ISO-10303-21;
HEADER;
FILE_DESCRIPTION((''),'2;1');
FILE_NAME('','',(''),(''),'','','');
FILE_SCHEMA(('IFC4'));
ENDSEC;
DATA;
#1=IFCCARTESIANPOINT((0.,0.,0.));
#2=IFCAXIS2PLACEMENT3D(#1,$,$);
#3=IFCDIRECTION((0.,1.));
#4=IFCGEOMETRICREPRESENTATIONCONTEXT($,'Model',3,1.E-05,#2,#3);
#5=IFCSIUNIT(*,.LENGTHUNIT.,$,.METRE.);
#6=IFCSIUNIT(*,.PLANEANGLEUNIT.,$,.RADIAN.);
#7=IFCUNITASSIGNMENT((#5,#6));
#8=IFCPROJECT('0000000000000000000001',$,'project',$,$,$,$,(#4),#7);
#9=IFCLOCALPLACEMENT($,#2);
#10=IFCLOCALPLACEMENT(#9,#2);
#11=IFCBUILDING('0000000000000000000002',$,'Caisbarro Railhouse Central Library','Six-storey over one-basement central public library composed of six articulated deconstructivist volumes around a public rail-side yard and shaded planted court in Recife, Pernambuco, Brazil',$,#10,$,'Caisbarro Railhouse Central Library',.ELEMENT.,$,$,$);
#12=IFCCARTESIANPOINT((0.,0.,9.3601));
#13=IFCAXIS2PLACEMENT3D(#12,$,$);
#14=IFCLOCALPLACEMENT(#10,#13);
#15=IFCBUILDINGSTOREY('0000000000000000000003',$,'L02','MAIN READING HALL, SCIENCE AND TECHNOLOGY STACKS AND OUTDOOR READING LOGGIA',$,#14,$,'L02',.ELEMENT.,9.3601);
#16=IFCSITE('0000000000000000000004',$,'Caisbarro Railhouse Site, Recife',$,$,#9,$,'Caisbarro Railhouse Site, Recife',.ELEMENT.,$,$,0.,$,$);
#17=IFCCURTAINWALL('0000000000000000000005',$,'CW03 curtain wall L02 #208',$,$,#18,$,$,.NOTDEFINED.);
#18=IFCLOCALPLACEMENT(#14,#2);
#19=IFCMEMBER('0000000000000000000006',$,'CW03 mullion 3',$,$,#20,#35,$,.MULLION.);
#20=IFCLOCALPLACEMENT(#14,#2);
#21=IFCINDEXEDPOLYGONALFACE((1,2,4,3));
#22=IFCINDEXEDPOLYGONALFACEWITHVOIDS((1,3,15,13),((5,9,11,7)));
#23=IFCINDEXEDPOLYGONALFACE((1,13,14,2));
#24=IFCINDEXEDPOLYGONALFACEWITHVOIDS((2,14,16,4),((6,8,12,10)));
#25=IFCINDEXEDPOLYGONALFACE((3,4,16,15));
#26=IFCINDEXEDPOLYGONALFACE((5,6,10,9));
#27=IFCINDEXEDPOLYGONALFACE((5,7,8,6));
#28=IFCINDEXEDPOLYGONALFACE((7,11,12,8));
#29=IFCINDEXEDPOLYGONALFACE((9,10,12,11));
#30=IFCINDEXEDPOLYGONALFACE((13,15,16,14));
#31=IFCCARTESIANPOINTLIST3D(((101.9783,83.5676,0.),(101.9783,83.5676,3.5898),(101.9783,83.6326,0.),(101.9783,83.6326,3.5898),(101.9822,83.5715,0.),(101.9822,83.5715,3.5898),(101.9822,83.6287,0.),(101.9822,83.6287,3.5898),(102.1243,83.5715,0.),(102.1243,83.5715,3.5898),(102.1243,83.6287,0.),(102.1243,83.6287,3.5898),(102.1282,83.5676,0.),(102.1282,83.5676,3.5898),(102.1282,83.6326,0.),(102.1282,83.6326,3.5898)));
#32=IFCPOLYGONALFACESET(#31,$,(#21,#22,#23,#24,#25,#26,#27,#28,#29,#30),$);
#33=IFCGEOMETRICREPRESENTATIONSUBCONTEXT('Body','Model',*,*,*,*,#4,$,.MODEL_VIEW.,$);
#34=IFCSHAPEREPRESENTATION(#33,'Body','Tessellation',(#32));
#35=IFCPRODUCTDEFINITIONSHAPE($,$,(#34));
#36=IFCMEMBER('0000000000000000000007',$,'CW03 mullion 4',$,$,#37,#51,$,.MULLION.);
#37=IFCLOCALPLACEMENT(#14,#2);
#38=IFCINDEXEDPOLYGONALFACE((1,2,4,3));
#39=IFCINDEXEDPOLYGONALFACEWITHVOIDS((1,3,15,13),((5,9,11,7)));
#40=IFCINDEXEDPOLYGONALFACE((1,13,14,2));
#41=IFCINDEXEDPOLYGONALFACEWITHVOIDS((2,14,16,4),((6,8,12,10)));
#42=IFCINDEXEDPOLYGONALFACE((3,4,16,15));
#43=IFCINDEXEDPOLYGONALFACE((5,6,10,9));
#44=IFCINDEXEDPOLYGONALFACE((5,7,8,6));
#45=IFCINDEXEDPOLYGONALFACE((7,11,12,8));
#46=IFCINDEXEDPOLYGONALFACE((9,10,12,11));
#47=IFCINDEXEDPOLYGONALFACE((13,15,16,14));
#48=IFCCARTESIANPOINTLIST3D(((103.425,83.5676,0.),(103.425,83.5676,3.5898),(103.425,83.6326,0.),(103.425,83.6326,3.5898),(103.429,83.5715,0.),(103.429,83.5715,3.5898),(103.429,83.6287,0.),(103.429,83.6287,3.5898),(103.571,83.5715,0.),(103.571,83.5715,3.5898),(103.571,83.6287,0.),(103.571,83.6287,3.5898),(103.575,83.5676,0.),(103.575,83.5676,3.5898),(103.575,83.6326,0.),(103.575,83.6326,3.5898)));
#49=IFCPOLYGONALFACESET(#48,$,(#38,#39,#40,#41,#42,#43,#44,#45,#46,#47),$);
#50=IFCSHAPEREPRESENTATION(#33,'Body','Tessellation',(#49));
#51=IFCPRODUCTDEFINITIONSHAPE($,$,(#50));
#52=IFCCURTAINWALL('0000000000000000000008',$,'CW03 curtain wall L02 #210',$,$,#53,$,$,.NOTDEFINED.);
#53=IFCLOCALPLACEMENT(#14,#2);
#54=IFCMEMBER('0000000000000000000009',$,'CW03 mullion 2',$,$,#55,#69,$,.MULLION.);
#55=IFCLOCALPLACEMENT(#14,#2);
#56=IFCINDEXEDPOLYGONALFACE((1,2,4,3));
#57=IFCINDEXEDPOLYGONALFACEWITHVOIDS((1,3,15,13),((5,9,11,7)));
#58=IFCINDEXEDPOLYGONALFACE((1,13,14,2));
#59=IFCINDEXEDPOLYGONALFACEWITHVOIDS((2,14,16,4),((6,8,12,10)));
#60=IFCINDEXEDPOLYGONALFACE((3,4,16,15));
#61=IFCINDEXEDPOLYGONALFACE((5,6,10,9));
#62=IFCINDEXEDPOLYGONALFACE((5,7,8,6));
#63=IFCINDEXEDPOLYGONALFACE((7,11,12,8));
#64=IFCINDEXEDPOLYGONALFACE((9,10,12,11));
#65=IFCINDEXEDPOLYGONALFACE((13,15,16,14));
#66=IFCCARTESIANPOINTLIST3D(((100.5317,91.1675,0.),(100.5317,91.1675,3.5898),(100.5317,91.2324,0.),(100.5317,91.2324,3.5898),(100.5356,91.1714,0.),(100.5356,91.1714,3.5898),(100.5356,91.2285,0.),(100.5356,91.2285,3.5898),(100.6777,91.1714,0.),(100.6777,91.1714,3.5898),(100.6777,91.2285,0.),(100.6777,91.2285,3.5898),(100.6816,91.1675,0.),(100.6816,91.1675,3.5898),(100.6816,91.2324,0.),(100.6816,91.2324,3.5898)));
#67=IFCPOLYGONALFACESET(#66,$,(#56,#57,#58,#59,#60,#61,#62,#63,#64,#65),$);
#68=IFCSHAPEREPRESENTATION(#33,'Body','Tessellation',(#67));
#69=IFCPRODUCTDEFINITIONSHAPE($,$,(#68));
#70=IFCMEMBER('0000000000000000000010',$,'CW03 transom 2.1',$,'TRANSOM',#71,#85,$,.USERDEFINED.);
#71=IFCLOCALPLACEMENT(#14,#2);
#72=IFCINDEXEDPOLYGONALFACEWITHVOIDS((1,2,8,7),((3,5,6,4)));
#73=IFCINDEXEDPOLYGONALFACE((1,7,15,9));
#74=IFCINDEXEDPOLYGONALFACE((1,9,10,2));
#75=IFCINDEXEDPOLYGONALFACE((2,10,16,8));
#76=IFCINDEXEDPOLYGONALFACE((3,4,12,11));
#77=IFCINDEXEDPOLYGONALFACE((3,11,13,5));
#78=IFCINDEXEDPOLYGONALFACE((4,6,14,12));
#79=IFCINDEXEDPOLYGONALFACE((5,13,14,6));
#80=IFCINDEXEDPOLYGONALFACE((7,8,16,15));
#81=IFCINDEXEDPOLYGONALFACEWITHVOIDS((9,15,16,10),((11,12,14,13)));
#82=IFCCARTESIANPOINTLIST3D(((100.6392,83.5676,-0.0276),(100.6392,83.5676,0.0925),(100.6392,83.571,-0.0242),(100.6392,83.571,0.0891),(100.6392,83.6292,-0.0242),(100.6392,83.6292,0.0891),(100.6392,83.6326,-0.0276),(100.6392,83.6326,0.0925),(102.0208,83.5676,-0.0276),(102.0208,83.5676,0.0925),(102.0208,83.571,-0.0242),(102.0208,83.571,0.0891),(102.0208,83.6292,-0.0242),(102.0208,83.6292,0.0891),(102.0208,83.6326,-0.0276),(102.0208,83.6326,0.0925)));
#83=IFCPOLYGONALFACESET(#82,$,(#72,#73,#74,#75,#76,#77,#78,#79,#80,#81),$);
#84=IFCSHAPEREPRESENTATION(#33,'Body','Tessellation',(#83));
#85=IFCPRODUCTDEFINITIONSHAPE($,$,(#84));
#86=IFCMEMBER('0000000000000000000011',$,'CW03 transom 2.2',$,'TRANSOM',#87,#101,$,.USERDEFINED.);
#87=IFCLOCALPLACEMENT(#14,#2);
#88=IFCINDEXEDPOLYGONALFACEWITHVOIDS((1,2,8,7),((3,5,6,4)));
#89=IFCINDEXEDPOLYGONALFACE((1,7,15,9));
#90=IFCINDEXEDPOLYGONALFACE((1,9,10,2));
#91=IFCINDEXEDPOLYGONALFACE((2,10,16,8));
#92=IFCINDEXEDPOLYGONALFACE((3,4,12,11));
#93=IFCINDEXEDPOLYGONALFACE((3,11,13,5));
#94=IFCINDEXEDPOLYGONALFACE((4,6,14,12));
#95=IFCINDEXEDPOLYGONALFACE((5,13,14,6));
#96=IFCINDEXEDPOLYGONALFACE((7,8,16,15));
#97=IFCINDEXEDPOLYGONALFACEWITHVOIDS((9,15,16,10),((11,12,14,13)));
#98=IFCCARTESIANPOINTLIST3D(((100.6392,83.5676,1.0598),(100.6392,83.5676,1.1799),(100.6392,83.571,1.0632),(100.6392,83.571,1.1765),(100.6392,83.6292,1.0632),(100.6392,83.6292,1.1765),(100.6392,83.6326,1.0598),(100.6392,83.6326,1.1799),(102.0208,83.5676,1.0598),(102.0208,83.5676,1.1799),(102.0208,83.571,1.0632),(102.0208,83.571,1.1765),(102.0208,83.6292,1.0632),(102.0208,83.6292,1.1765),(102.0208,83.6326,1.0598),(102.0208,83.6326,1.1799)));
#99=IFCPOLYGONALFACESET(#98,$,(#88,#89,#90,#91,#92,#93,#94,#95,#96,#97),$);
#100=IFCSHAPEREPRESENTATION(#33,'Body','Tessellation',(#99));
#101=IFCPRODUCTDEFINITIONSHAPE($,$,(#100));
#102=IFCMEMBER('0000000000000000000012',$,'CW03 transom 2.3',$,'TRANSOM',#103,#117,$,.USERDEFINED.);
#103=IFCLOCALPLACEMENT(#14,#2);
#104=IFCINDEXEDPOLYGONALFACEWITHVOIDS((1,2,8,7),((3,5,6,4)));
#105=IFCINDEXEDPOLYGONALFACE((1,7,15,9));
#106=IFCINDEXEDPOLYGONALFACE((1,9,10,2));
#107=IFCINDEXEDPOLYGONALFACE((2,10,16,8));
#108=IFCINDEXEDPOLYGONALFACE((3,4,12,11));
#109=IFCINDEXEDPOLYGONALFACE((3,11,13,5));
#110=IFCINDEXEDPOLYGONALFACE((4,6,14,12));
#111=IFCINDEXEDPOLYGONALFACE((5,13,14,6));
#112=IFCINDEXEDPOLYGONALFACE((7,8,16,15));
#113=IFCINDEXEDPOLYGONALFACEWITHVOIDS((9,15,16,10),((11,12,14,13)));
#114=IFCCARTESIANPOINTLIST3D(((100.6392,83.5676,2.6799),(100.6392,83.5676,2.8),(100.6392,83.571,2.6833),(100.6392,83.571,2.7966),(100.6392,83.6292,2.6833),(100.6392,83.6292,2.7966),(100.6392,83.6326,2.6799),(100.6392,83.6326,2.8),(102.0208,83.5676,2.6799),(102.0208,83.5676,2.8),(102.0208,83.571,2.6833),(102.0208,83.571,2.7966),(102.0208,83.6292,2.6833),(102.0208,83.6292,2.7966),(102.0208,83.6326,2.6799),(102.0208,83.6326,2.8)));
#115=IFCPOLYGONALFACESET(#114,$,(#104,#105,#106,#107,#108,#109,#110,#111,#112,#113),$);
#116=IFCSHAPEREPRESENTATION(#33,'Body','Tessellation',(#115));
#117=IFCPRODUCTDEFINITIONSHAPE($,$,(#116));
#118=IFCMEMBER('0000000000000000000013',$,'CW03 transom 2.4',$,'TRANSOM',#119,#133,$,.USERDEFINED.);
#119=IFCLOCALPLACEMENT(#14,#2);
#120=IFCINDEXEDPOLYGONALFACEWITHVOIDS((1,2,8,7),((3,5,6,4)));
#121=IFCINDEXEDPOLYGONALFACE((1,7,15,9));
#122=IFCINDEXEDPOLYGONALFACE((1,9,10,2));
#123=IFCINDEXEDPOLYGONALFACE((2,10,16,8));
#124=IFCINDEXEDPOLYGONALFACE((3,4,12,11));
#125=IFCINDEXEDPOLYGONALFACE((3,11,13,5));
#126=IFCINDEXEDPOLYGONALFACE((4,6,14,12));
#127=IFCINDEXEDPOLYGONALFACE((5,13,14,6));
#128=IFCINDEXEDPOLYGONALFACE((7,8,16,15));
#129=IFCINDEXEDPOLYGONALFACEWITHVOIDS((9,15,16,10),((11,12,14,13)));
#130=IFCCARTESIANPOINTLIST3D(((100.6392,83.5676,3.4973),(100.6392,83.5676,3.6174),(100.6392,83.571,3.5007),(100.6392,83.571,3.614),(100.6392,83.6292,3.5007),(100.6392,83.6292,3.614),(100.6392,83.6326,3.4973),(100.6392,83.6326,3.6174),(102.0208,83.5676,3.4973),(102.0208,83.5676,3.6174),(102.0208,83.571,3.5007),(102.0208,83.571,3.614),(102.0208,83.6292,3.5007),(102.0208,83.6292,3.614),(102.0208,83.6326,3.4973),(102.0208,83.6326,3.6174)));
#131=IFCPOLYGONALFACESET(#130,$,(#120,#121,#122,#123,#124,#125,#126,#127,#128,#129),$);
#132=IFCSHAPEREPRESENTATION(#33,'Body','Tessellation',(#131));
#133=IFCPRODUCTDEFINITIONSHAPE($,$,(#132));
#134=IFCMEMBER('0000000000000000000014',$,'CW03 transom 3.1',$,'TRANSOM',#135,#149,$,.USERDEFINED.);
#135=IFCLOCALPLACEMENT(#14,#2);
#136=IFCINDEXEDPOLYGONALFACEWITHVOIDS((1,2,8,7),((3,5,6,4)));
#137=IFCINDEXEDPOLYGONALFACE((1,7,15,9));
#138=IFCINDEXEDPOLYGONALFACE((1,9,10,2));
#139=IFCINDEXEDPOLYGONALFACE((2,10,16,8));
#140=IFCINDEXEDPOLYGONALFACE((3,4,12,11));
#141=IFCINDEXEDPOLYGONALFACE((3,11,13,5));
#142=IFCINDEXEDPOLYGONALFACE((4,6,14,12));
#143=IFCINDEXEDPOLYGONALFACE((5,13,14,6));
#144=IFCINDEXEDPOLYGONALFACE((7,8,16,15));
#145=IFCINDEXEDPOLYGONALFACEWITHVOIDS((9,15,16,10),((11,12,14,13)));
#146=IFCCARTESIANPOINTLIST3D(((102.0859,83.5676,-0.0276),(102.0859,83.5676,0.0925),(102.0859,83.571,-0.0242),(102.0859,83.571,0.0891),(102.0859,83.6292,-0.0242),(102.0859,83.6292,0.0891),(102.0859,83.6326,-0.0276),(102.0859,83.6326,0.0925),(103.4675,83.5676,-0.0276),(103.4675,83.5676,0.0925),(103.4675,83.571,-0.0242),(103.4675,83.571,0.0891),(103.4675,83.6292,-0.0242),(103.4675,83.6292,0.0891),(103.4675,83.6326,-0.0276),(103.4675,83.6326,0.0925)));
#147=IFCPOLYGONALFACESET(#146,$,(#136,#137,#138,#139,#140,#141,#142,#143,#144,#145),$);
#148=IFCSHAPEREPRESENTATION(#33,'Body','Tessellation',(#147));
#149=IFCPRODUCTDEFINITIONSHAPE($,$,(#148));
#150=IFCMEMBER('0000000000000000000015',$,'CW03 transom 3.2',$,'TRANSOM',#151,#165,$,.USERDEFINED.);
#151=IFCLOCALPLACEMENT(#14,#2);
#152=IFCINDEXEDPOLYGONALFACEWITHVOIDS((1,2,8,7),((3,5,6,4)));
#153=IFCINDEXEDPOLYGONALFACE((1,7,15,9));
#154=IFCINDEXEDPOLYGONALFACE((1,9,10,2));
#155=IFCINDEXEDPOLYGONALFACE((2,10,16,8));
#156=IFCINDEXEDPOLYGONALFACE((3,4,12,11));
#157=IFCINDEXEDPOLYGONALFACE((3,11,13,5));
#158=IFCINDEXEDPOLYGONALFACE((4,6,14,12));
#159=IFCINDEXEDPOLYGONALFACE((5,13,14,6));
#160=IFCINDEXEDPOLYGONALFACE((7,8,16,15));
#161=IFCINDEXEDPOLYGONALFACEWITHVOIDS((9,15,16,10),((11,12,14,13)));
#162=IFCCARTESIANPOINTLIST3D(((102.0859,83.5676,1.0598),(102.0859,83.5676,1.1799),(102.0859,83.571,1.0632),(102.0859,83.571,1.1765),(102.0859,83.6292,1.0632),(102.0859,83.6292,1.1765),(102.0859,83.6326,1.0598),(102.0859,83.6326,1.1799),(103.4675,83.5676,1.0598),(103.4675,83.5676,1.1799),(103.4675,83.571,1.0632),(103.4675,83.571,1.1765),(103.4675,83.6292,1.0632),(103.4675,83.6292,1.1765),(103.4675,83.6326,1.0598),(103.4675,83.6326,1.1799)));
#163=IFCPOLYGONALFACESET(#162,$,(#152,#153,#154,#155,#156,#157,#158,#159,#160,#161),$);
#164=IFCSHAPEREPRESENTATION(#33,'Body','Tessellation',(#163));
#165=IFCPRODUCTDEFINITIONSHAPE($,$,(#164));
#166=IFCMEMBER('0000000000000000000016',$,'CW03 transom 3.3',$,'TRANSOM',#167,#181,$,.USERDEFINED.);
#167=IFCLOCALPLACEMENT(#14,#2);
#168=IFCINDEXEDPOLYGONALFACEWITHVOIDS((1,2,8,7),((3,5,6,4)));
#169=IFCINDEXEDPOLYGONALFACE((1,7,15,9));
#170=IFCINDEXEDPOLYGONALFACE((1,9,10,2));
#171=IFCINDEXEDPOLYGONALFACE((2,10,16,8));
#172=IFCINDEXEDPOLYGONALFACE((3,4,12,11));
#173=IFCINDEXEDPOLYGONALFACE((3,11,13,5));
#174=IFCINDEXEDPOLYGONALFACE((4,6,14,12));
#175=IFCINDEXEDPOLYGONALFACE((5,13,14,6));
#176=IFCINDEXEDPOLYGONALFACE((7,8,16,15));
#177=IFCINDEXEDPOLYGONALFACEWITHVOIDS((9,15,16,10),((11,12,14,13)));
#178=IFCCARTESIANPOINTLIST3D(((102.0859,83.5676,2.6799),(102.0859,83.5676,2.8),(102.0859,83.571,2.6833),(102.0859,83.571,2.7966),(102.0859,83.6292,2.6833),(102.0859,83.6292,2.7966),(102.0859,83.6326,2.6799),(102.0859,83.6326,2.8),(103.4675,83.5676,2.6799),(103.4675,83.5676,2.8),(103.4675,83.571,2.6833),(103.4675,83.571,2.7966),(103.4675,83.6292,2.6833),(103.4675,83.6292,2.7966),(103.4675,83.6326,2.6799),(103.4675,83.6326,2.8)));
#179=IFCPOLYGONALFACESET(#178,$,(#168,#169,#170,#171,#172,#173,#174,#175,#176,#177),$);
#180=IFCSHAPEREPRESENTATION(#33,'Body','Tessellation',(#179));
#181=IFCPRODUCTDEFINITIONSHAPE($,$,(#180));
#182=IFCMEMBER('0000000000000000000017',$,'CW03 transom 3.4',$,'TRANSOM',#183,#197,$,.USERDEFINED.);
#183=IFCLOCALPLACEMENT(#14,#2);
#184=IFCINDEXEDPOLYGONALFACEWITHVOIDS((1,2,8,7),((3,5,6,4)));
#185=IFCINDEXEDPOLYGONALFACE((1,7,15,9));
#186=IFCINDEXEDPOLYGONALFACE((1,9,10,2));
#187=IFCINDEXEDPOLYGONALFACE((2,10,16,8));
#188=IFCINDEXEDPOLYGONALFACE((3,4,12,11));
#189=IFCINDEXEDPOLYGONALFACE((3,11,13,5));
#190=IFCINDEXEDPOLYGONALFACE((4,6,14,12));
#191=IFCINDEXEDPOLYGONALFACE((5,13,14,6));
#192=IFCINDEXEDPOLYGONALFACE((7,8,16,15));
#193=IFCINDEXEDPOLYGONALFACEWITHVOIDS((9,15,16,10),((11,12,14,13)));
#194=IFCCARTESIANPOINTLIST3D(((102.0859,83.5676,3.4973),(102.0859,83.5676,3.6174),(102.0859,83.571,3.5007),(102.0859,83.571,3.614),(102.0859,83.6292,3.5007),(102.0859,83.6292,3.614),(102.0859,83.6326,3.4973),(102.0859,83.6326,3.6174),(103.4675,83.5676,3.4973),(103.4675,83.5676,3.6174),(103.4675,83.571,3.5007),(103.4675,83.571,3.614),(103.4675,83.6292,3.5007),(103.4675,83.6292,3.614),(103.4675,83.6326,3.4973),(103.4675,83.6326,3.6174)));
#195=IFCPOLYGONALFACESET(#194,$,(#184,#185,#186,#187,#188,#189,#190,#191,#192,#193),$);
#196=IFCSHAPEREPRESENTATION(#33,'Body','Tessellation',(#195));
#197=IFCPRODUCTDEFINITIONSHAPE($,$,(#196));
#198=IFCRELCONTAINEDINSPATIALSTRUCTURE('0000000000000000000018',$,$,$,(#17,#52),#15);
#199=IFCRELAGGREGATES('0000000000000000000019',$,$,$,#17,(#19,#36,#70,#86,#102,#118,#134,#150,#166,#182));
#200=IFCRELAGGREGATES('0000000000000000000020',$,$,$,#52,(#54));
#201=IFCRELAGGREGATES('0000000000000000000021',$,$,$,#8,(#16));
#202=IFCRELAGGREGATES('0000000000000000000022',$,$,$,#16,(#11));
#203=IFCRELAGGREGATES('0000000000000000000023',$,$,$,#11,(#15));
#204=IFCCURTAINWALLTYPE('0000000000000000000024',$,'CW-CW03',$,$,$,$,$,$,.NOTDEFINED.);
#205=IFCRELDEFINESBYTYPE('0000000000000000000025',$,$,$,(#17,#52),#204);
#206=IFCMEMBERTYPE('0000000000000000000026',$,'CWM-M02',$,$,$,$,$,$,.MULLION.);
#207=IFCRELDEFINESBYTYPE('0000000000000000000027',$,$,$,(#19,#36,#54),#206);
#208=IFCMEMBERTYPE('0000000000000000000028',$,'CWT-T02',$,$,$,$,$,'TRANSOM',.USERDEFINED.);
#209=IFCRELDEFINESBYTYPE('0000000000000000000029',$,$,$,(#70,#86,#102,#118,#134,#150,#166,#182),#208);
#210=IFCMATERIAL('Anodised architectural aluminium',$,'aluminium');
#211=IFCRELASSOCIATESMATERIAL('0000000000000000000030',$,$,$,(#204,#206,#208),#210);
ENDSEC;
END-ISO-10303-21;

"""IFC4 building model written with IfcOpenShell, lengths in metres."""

from ifc_helpers import new_model, si_unit, direction, frame, origin, origin_2d, place, context, subcontext, project, spatial, hollow_rectangle, extrude, material, material_profile, profile_set, type_object, element, aggregate, save


model = new_model("IFC4")

# Units and contexts
model_context = context("Model", 3, precision=1e-05, world=origin(), true_north=direction((0.0, 1.0)))
body_context = subcontext(model_context, "Body", "Model", "MODEL_VIEW")
ifc_project = project(units=[si_unit("LENGTHUNIT", "METRE"), si_unit("PLANEANGLEUNIT", "RADIAN")], contexts=[model_context])

# Site, building, storey
site_placement = place(None, origin())
site = spatial("IfcSite", under=ifc_project, at=site_placement, Name="Caisbarro Railhouse Site, Recife", LongName="Caisbarro Railhouse Site, Recife", CompositionType="ELEMENT", RefElevation=0.0)
building_placement = place(site_placement, origin())
building = spatial("IfcBuilding", under=site, at=building_placement, Name="Caisbarro Railhouse Central Library", Description="Six-storey over one-basement central public library composed of six articulated deconstructivist volumes around a public rail-side yard and shaded planted court in Recife, Pernambuco, Brazil", LongName="Caisbarro Railhouse Central Library", CompositionType="ELEMENT")
storey_placement = place(building_placement, frame((0.0, 0.0, 9.3601)))
storey = spatial("IfcBuildingStorey", under=building, at=storey_placement, Name="L02", Description="MAIN READING HALL, SCIENCE AND TECHNOLOGY STACKS AND OUTDOOR READING LOGGIA", LongName="L02", CompositionType="ELEMENT", Elevation=9.3601)

# Curtain wall, members
ifc_material_1 = material(Name="Anodised architectural aluminium", Category="aluminium")
curtain_wall_type = type_object("IfcCurtainWallType", Name="CW-CW03", PredefinedType="NOTDEFINED", material=ifc_material_1)
curtain_wall_1_placement = place(storey_placement, origin())
curtain_wall_1 = element("IfcCurtainWall", 1, at=curtain_wall_1_placement, inside=storey, type_object=curtain_wall_type, Name="CW03 curtain wall L02 #208", PredefinedType="NOTDEFINED")
ifc_material_profile_1 = material_profile(ifc_material_1, hollow_rectangle(XDim=0.0649, YDim=0.1499, WallThickness=0.0039, at=origin_2d()), Name="ALU-MUL-65X150")
ifc_profile_set_1 = profile_set([ifc_material_profile_1], Name="Anodised architectural aluminium")
member_type_1 = type_object("IfcMemberType", Name="CWM-M02", PredefinedType="MULLION", material=ifc_profile_set_1)
member_1_placement = place(storey_placement, frame((102.0532, 83.6001, 0.0), z_axis=(0.0, 0.0, 1.0), x_axis=(0.0, 1.0, 0.0)))
member_1 = element("IfcMember", 2, at=member_1_placement, type_object=member_type_1, Name="CW03 mullion 3", PredefinedType="MULLION", context=body_context, shape_type="SweptSolid", body=[
    extrude(hollow_rectangle(XDim=0.0649, YDim=0.1499, WallThickness=0.0039, at=origin_2d()), origin(), (0.0, 0.0, 1.0), 3.5898),
])
member_2_placement = place(storey_placement, frame((103.5, 83.6001, 0.0), z_axis=(0.0, 0.0, 1.0), x_axis=(0.0, 1.0, 0.0)))
member_2 = element("IfcMember", 3, at=member_2_placement, type_object=member_type_1, Name="CW03 mullion 4", PredefinedType="MULLION", context=body_context, shape_type="SweptSolid", body=[
    extrude(hollow_rectangle(XDim=0.0649, YDim=0.1499, WallThickness=0.0039, at=origin_2d()), origin(), (0.0, 0.0, 1.0), 3.5898),
])

# Curtain wall, member
curtain_wall_2_placement = place(storey_placement, origin())
curtain_wall_2 = element("IfcCurtainWall", 4, at=curtain_wall_2_placement, inside=storey, type_object=curtain_wall_type, Name="CW03 curtain wall L02 #210", PredefinedType="NOTDEFINED")
member_3_placement = place(storey_placement, frame((100.6067, 91.2, 0.0), z_axis=(0.0, 0.0, 1.0), x_axis=(0.0, 1.0, 0.0)))
member_3 = element("IfcMember", 5, at=member_3_placement, type_object=member_type_1, Name="CW03 mullion 2", PredefinedType="MULLION", context=body_context, shape_type="SweptSolid", body=[
    extrude(hollow_rectangle(XDim=0.0649, YDim=0.1499, WallThickness=0.0039, at=origin_2d()), origin(), (0.0, 0.0, 1.0), 3.5898),
])

# Members
ifc_material_profile_2 = material_profile(ifc_material_1, hollow_rectangle(XDim=0.0649, YDim=0.1201, WallThickness=0.0034, at=origin_2d()), Name="ALU-TRN-65X120")
ifc_profile_set_2 = profile_set([ifc_material_profile_2], Name="Anodised architectural aluminium")
member_type_2 = type_object("IfcMemberType", Name="CWT-T02", ElementType="TRANSOM", PredefinedType="USERDEFINED", material=ifc_profile_set_2)
member_4_placement = place(storey_placement, frame((100.6392, 83.6001, 0.0325), z_axis=(1.0, 0.0, 0.0), x_axis=(0.0, 1.0, 0.0)))
member_4 = element("IfcMember", 6, at=member_4_placement, type_object=member_type_2, Name="CW03 transom 2.1", ObjectType="TRANSOM", PredefinedType="USERDEFINED", context=body_context, shape_type="SweptSolid", body=[
    extrude(hollow_rectangle(XDim=0.0649, YDim=0.1201, WallThickness=0.0034, at=origin_2d()), origin(), (0.0, 0.0, 1.0), 1.3816),
])
member_5_placement = place(storey_placement, frame((100.6392, 83.6001, 1.1199), z_axis=(1.0, 0.0, 0.0), x_axis=(0.0, 1.0, 0.0)))
member_5 = element("IfcMember", 7, at=member_5_placement, type_object=member_type_2, Name="CW03 transom 2.2", ObjectType="TRANSOM", PredefinedType="USERDEFINED", context=body_context, shape_type="SweptSolid", body=[
    extrude(hollow_rectangle(XDim=0.0649, YDim=0.1201, WallThickness=0.0034, at=origin_2d()), origin(), (0.0, 0.0, 1.0), 1.3816),
])
member_6_placement = place(storey_placement, frame((100.6392, 83.6001, 2.74), z_axis=(1.0, 0.0, 0.0), x_axis=(0.0, 1.0, 0.0)))
member_6 = element("IfcMember", 8, at=member_6_placement, type_object=member_type_2, Name="CW03 transom 2.3", ObjectType="TRANSOM", PredefinedType="USERDEFINED", context=body_context, shape_type="SweptSolid", body=[
    extrude(hollow_rectangle(XDim=0.0649, YDim=0.1201, WallThickness=0.0034, at=origin_2d()), origin(), (0.0, 0.0, 1.0), 1.3816),
])
member_7_placement = place(storey_placement, frame((100.6392, 83.6001, 3.5574), z_axis=(1.0, 0.0, 0.0), x_axis=(0.0, 1.0, 0.0)))
member_7 = element("IfcMember", 9, at=member_7_placement, type_object=member_type_2, Name="CW03 transom 2.4", ObjectType="TRANSOM", PredefinedType="USERDEFINED", context=body_context, shape_type="SweptSolid", body=[
    extrude(hollow_rectangle(XDim=0.0649, YDim=0.1201, WallThickness=0.0034, at=origin_2d()), origin(), (0.0, 0.0, 1.0), 1.3816),
])
member_8_placement = place(storey_placement, frame((102.0859, 83.6001, 0.0325), z_axis=(1.0, 0.0, 0.0), x_axis=(0.0, 1.0, 0.0)))
member_8 = element("IfcMember", 10, at=member_8_placement, type_object=member_type_2, Name="CW03 transom 3.1", ObjectType="TRANSOM", PredefinedType="USERDEFINED", context=body_context, shape_type="SweptSolid", body=[
    extrude(hollow_rectangle(XDim=0.0649, YDim=0.1201, WallThickness=0.0034, at=origin_2d()), origin(), (0.0, 0.0, 1.0), 1.3816),
])
member_9_placement = place(storey_placement, frame((102.0859, 83.6001, 1.1199), z_axis=(1.0, 0.0, 0.0), x_axis=(0.0, 1.0, 0.0)))
member_9 = element("IfcMember", 11, at=member_9_placement, type_object=member_type_2, Name="CW03 transom 3.2", ObjectType="TRANSOM", PredefinedType="USERDEFINED", context=body_context, shape_type="SweptSolid", body=[
    extrude(hollow_rectangle(XDim=0.0649, YDim=0.1201, WallThickness=0.0034, at=origin_2d()), origin(), (0.0, 0.0, 1.0), 1.3816),
])
member_10_placement = place(storey_placement, frame((102.0859, 83.6001, 2.74), z_axis=(1.0, 0.0, 0.0), x_axis=(0.0, 1.0, 0.0)))
member_10 = element("IfcMember", 12, at=member_10_placement, type_object=member_type_2, Name="CW03 transom 3.3", ObjectType="TRANSOM", PredefinedType="USERDEFINED", context=body_context, shape_type="SweptSolid", body=[
    extrude(hollow_rectangle(XDim=0.0649, YDim=0.1201, WallThickness=0.0034, at=origin_2d()), origin(), (0.0, 0.0, 1.0), 1.3816),
])
member_11_placement = place(storey_placement, frame((102.0859, 83.6001, 3.5574), z_axis=(1.0, 0.0, 0.0), x_axis=(0.0, 1.0, 0.0)))
member_11 = element("IfcMember", 13, at=member_11_placement, type_object=member_type_2, Name="CW03 transom 3.4", ObjectType="TRANSOM", PredefinedType="USERDEFINED", context=body_context, shape_type="SweptSolid", body=[
    extrude(hollow_rectangle(XDim=0.0649, YDim=0.1201, WallThickness=0.0034, at=origin_2d()), origin(), (0.0, 0.0, 1.0), 1.3816),
])

aggregate(curtain_wall_1, [member_1, member_2, member_4, member_5, member_6, member_7, member_8, member_9, member_10, member_11])
aggregate(curtain_wall_2, [member_3])

save(model, "model.ifc")
